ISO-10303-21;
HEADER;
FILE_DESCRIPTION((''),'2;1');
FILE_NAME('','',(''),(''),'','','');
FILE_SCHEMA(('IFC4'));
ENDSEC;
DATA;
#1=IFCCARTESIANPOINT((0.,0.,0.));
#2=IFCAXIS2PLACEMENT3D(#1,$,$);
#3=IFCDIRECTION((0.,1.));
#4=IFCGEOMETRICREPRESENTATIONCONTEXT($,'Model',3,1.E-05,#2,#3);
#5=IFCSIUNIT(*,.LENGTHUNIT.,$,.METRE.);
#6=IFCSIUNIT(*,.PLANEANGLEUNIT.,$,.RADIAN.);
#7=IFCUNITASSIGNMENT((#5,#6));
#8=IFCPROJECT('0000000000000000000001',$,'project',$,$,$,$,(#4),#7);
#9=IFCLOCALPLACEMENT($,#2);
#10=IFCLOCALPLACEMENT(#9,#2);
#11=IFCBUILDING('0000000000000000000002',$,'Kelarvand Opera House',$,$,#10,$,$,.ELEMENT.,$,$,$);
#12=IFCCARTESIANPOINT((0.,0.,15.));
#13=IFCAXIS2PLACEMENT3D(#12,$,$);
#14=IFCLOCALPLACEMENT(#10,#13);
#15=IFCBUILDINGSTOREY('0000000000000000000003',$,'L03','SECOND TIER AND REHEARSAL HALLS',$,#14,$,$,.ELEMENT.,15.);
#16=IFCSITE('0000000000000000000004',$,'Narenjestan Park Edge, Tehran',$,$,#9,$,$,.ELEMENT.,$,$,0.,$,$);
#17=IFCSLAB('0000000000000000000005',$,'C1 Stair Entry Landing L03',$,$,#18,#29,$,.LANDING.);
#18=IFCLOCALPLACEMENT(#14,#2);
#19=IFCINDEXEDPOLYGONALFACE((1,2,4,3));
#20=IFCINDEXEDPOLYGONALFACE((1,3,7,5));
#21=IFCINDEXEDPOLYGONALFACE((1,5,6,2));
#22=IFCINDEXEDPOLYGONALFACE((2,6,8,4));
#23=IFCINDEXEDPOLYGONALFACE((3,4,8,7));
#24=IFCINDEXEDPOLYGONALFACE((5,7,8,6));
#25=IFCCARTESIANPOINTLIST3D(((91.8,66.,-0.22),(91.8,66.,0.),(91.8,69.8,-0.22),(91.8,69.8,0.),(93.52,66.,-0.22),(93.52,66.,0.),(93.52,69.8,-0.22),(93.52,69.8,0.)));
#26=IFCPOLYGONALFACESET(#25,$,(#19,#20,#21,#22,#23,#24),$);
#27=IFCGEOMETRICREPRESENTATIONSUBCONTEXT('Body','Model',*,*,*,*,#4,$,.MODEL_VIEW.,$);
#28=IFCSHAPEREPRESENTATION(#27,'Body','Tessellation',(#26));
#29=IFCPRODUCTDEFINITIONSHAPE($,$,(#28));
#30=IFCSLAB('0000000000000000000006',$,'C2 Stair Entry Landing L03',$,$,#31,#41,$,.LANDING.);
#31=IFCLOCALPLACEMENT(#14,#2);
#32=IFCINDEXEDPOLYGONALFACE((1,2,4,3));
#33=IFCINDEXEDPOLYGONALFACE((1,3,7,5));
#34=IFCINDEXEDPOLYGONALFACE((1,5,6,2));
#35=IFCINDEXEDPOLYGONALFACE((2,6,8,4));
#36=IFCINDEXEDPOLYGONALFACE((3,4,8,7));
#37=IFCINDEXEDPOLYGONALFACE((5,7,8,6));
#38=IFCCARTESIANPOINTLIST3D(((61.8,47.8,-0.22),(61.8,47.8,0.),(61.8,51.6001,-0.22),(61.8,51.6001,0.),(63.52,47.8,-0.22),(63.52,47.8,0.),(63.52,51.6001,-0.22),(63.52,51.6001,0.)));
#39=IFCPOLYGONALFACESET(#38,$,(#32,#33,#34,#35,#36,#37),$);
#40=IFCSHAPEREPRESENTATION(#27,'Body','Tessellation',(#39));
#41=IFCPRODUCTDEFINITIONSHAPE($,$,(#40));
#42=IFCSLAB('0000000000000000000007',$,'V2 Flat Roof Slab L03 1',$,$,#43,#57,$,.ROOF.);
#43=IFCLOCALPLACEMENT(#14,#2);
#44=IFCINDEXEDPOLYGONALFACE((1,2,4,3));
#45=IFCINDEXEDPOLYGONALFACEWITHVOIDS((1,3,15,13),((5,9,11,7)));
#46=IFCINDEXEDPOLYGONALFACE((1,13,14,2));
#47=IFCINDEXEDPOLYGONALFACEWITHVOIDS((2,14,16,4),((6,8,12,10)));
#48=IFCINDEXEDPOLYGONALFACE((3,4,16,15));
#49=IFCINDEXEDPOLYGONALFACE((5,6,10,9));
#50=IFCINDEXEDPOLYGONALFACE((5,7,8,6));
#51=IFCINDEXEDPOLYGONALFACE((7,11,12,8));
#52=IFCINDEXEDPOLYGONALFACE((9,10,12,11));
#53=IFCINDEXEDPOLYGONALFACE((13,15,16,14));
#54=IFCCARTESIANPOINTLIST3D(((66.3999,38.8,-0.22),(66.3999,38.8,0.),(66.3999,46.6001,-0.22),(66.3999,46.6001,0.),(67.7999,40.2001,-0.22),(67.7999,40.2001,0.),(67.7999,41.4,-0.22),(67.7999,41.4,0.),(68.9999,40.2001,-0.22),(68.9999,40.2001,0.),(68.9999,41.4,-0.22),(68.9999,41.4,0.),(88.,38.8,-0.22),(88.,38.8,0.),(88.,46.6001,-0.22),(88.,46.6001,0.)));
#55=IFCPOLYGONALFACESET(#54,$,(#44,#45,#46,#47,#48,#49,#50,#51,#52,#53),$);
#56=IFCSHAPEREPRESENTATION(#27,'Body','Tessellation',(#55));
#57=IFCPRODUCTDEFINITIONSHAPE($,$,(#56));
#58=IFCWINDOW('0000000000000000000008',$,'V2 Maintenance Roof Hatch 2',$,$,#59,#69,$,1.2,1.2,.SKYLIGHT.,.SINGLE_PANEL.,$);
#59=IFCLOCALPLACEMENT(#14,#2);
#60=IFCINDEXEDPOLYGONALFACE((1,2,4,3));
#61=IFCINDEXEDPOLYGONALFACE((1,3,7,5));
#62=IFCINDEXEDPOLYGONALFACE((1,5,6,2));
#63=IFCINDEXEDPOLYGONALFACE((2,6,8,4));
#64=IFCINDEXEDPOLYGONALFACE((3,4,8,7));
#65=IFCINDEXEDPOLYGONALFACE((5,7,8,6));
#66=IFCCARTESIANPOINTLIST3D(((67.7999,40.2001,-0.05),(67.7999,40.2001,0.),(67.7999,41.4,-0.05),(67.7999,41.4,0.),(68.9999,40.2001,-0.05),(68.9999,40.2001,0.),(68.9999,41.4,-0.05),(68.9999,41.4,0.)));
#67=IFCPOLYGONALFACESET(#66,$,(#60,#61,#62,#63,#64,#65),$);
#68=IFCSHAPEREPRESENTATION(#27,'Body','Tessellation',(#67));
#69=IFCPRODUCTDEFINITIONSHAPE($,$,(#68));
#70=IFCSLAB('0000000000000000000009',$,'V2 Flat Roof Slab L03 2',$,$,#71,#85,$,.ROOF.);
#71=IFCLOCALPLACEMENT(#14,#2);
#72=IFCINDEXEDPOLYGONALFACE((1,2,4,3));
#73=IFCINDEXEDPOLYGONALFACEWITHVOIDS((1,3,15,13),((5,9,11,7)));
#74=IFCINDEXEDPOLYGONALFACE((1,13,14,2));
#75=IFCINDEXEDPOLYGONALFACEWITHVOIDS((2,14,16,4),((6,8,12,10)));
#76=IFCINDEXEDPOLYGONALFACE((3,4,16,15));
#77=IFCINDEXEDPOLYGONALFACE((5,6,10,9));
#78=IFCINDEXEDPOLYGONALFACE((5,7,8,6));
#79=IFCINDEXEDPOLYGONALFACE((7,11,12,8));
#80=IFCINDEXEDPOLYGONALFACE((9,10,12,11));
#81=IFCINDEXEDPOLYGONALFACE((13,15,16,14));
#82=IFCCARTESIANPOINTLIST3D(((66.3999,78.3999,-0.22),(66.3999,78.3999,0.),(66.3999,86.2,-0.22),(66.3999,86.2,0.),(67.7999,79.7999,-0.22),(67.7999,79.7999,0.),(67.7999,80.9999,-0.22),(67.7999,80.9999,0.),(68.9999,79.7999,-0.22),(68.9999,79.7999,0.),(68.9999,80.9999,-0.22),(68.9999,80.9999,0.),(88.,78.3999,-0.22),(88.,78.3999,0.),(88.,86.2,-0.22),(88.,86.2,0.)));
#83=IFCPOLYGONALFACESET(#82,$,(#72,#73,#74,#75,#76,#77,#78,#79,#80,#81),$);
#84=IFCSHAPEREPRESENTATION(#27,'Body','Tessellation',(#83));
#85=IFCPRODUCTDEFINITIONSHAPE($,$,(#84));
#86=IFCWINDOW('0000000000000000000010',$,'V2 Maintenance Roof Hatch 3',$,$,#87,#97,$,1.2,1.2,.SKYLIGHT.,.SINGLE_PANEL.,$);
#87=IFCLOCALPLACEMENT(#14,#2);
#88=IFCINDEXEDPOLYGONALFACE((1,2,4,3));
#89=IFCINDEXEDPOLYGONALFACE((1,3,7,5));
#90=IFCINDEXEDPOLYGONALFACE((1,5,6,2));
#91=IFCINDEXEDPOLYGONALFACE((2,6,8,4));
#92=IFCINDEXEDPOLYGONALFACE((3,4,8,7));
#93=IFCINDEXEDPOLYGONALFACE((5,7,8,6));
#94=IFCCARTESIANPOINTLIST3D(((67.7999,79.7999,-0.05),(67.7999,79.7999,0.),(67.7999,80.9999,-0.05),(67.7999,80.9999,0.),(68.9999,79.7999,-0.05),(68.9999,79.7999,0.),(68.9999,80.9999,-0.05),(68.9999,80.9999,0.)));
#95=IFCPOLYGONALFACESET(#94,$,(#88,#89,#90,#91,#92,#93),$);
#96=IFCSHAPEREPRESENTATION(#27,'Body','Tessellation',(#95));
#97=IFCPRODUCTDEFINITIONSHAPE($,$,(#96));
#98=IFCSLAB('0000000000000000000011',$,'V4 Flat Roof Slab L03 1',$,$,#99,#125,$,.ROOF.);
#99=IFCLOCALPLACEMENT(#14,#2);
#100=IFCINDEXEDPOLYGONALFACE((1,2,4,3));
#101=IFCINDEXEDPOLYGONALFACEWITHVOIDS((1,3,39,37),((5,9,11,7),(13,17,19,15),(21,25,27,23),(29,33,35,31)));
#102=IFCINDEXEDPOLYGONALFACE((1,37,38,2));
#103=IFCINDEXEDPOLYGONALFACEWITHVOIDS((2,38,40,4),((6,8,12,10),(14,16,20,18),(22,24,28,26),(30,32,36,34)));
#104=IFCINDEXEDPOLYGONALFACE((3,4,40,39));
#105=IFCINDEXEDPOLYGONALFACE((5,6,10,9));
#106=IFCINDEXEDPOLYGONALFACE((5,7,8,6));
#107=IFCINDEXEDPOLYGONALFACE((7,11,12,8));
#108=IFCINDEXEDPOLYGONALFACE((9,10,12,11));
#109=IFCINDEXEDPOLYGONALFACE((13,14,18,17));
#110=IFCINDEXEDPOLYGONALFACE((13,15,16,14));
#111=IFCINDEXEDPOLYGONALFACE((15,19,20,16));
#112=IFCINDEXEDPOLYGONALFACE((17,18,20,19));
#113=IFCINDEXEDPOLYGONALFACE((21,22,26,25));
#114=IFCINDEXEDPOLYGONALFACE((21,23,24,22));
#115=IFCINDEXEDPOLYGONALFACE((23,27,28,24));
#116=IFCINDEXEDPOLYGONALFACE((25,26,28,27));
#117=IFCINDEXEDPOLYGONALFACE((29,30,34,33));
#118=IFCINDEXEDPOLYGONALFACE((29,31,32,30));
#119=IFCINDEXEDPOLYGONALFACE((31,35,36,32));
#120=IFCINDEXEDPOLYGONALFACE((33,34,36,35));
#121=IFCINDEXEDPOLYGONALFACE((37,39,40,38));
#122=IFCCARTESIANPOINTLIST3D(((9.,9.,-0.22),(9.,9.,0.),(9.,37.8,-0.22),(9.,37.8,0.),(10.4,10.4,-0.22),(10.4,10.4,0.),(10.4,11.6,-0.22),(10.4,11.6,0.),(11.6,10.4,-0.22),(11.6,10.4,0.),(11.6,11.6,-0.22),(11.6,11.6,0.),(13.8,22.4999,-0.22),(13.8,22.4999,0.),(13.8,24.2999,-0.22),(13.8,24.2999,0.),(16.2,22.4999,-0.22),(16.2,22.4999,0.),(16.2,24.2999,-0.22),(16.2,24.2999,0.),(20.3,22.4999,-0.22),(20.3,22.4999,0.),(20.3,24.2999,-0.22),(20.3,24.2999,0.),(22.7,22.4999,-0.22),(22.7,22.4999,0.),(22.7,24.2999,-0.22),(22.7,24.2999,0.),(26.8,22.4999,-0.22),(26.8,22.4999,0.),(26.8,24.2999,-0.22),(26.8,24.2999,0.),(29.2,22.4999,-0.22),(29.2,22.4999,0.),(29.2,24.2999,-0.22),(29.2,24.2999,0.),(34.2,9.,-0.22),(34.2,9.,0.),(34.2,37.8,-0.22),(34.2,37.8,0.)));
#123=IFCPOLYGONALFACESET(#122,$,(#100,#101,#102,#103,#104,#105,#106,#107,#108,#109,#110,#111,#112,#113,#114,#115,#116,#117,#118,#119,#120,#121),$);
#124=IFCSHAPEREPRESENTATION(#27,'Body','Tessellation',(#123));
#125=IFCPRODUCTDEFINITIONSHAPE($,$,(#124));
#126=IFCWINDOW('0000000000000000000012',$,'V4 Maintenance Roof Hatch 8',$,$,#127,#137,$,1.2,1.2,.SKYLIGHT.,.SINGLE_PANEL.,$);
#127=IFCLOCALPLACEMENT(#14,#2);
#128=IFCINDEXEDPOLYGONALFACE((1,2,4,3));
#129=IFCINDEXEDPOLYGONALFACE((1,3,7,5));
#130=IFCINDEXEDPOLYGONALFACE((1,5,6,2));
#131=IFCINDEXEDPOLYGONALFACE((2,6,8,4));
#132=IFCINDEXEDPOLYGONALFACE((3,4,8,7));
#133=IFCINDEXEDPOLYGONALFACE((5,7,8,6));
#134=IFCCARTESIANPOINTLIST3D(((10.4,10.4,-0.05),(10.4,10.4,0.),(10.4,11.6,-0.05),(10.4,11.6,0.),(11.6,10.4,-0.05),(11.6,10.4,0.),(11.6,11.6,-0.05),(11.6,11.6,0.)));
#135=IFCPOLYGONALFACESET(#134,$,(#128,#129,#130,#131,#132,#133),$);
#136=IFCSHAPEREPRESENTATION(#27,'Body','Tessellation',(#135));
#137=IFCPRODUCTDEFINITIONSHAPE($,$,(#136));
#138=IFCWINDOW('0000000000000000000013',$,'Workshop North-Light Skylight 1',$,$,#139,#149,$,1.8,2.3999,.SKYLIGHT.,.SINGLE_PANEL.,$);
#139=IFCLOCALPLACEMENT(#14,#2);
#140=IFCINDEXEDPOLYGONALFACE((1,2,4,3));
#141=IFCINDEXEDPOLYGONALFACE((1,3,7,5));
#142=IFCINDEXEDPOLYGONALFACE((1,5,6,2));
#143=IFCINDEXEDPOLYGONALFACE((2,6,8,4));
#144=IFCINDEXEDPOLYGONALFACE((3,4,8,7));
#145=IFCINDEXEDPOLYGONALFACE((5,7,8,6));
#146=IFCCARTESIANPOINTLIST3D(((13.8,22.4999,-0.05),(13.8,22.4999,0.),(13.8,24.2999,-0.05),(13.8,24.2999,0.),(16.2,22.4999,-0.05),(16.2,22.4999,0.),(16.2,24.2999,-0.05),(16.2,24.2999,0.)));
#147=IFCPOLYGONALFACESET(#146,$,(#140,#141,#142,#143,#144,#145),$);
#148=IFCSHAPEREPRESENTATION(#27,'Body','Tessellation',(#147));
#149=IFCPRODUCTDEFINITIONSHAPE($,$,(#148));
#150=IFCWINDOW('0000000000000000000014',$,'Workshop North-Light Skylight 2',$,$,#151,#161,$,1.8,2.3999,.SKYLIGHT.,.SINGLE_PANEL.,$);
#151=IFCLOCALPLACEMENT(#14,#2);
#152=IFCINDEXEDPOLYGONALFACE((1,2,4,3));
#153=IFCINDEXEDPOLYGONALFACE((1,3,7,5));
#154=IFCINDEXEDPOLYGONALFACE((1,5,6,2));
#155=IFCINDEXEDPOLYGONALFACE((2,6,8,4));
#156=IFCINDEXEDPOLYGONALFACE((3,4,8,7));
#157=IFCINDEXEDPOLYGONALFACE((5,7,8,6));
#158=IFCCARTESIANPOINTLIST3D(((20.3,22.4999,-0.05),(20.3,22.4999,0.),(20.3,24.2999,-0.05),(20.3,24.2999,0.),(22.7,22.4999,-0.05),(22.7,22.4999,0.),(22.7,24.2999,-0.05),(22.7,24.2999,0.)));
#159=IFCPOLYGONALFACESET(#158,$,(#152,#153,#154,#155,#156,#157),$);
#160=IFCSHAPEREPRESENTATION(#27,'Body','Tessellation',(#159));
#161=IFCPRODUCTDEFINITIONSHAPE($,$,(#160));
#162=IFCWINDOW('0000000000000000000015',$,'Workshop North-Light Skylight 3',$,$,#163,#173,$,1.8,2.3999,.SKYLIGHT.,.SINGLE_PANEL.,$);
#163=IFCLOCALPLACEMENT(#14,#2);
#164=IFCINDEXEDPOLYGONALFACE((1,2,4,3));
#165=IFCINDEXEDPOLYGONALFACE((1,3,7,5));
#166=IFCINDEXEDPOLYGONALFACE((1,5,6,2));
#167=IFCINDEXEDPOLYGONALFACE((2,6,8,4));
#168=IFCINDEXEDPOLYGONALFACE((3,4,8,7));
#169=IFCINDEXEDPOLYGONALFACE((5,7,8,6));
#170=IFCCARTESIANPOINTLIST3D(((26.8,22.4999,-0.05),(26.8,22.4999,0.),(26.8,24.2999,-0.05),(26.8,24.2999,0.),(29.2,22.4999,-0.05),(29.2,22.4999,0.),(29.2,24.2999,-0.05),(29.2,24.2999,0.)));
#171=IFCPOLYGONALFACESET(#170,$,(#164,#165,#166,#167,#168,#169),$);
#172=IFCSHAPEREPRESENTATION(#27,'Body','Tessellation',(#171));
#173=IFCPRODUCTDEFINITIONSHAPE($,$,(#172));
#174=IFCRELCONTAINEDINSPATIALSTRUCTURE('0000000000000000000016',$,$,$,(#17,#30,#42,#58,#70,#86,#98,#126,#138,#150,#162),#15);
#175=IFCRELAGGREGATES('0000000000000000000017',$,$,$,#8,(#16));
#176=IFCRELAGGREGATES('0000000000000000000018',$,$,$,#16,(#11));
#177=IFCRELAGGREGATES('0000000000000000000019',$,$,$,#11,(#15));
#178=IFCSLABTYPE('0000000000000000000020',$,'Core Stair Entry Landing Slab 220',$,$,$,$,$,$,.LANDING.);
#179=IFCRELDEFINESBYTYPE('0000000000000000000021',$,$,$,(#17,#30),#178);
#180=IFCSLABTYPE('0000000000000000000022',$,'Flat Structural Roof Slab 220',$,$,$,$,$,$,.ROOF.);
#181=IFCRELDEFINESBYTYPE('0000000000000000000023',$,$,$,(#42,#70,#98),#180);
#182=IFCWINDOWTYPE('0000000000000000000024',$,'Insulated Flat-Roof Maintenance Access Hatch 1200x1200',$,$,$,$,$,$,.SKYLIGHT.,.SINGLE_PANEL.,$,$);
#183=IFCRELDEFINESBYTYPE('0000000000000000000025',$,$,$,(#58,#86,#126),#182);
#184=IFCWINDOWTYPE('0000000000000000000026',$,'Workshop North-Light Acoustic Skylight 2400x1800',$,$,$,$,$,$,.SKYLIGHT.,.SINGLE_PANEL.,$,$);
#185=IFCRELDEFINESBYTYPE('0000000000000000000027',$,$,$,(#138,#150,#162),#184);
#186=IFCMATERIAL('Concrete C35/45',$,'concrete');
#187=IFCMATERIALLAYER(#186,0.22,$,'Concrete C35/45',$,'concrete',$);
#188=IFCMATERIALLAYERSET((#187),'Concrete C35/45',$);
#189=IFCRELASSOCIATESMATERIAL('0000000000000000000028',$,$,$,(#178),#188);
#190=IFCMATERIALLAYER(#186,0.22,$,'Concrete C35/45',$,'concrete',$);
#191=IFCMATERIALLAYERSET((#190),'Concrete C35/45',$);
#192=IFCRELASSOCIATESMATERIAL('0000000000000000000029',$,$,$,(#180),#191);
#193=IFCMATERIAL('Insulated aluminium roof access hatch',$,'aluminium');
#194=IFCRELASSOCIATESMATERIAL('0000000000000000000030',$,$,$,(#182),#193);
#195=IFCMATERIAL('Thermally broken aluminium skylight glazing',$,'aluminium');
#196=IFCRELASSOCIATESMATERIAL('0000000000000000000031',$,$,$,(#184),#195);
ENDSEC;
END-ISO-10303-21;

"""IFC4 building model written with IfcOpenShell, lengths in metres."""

from ifc_helpers import new_model, si_unit, direction, frame, origin, origin_2d, place, context, subcontext, project, spatial, polyline, rectangle, outline, extrude, material, layer, layer_set, type_object, element, fill, save


model = new_model("IFC4")

# Units and contexts
model_context = context("Model", 3, precision=1e-05, world=origin(), true_north=direction((0.0, 1.0)))
body_context = subcontext(model_context, "Body", "Model", "MODEL_VIEW")
ifc_project = project(units=[si_unit("LENGTHUNIT", "METRE"), si_unit("PLANEANGLEUNIT", "RADIAN")], contexts=[model_context])

# Site, building, storey
site_placement = place(None, origin())
site = spatial("IfcSite", under=ifc_project, at=site_placement, Name="Narenjestan Park Edge, Tehran", CompositionType="ELEMENT", RefElevation=0.0)
building_placement = place(site_placement, origin())
building = spatial("IfcBuilding", under=site, at=building_placement, Name="Kelarvand Opera House", CompositionType="ELEMENT")
storey_placement = place(building_placement, frame((0.0, 0.0, 15.0)))
storey = spatial("IfcBuildingStorey", under=building, at=storey_placement, Name="L03", Description="SECOND TIER AND REHEARSAL HALLS", CompositionType="ELEMENT", Elevation=15.0)

# Slabs
ifc_material_1 = material(Name="Concrete C35/45", Category="concrete")
ifc_layer_1 = layer(ifc_material_1, 0.22, Name="Concrete C35/45", Category="concrete")
ifc_layer_set_1 = layer_set([ifc_layer_1], Name="Concrete C35/45")
slab_type_1 = type_object("IfcSlabType", Name="Core Stair Entry Landing Slab 220", PredefinedType="LANDING", material=ifc_layer_set_1)
slab_1_placement = place(storey_placement, frame((0.0, 0.0, -0.22)))
element("IfcSlab", 1, at=slab_1_placement, inside=storey, type_object=slab_type_1, Name="C1 Stair Entry Landing L03", PredefinedType="LANDING", context=body_context, shape_type="SweptSolid", body=[
    extrude(outline(polyline([(91.8, 66.0), (93.52, 66.0), (93.52, 69.8), (91.8, 69.8), (91.8, 66.0)])), origin(), (0.0, 0.0, 1.0), 0.22),
])
slab_2_placement = place(storey_placement, frame((0.0, 0.0, -0.22)))
element("IfcSlab", 2, at=slab_2_placement, inside=storey, type_object=slab_type_1, Name="C2 Stair Entry Landing L03", PredefinedType="LANDING", context=body_context, shape_type="SweptSolid", body=[
    extrude(outline(polyline([(61.8, 47.8), (63.52, 47.8), (63.52, 51.6001), (61.8, 51.6001), (61.8, 47.8)])), origin(), (0.0, 0.0, 1.0), 0.22),
])

# Slabs, openings, windows
ifc_layer_2 = layer(ifc_material_1, 0.22, Name="Concrete C35/45", Category="concrete")
ifc_layer_set_2 = layer_set([ifc_layer_2], Name="Concrete C35/45")
slab_type_2 = type_object("IfcSlabType", Name="Flat Structural Roof Slab 220", PredefinedType="ROOF", material=ifc_layer_set_2)
slab_3_placement = place(storey_placement, frame((0.0, 0.0, -0.22)))
slab_3 = element("IfcSlab", 3, at=slab_3_placement, inside=storey, type_object=slab_type_2, Name="V2 Flat Roof Slab L03 1", PredefinedType="ROOF", context=body_context, shape_type="SweptSolid", body=[
    extrude(outline(polyline([(66.3999, 38.8), (88.0, 38.8), (88.0, 46.6001), (66.3999, 46.6001), (66.3999, 38.8)])), origin(), (0.0, 0.0, 1.0), 0.22),
])
opening_1_placement = place(slab_3_placement, frame((68.3999, 40.8, 0.0)))
opening_1 = element("IfcOpeningElement", 4, at=opening_1_placement, cuts=slab_3, PredefinedType="OPENING", context=body_context, shape_type="SweptSolid", body=[
    extrude(rectangle(XDim=1.2, YDim=1.2, at=origin_2d()), frame((0.0, 0.0, -0.01)), (0.0, 0.0, 1.0), 0.24),
])
ifc_material_2 = material(Name="Insulated aluminium roof access hatch", Category="aluminium")
window_type_1 = type_object("IfcWindowType", Name="Insulated Flat-Roof Maintenance Access Hatch 1200x1200", PartitioningType="SINGLE_PANEL", PredefinedType="SKYLIGHT", material=ifc_material_2)
window_1_placement = place(opening_1_placement, frame((0.0, 0.0, 0.1699)))
window_1 = element("IfcWindow", 5, at=window_1_placement, inside=storey, type_object=window_type_1, Name="V2 Maintenance Roof Hatch 2", OverallHeight=1.2, OverallWidth=1.2, PartitioningType="SINGLE_PANEL", PredefinedType="SKYLIGHT", context=body_context, shape_type="SweptSolid", body=[
    extrude(rectangle(XDim=1.2, YDim=1.2, at=origin_2d()), origin(), (0.0, 0.0, 1.0), 0.05),
])
fill(opening_1, window_1)
slab_4_placement = place(storey_placement, frame((0.0, 0.0, -0.22)))
slab_4 = element("IfcSlab", 6, at=slab_4_placement, inside=storey, type_object=slab_type_2, Name="V2 Flat Roof Slab L03 2", PredefinedType="ROOF", context=body_context, shape_type="SweptSolid", body=[
    extrude(outline(polyline([(66.3999, 78.3999), (88.0, 78.3999), (88.0, 86.2), (66.3999, 86.2), (66.3999, 78.3999)])), origin(), (0.0, 0.0, 1.0), 0.22),
])
opening_2_placement = place(slab_4_placement, frame((68.3999, 80.3999, 0.0)))
opening_2 = element("IfcOpeningElement", 7, at=opening_2_placement, cuts=slab_4, PredefinedType="OPENING", context=body_context, shape_type="SweptSolid", body=[
    extrude(rectangle(XDim=1.2, YDim=1.2, at=origin_2d()), frame((0.0, 0.0, -0.01)), (0.0, 0.0, 1.0), 0.24),
])
window_2_placement = place(opening_2_placement, frame((0.0, 0.0, 0.1699)))
window_2 = element("IfcWindow", 8, at=window_2_placement, inside=storey, type_object=window_type_1, Name="V2 Maintenance Roof Hatch 3", OverallHeight=1.2, OverallWidth=1.2, PartitioningType="SINGLE_PANEL", PredefinedType="SKYLIGHT", context=body_context, shape_type="SweptSolid", body=[
    extrude(rectangle(XDim=1.2, YDim=1.2, at=origin_2d()), origin(), (0.0, 0.0, 1.0), 0.05),
])
fill(opening_2, window_2)

# Slab, openings, windows
slab_5_placement = place(storey_placement, frame((0.0, 0.0, -0.22)))
slab_5 = element("IfcSlab", 9, at=slab_5_placement, inside=storey, type_object=slab_type_2, Name="V4 Flat Roof Slab L03 1", PredefinedType="ROOF", context=body_context, shape_type="SweptSolid", body=[
    extrude(outline(polyline([(9.0, 9.0), (34.2, 9.0), (34.2, 37.8), (9.0, 37.8), (9.0, 9.0)])), origin(), (0.0, 0.0, 1.0), 0.22),
])
opening_3_placement = place(slab_5_placement, frame((11.0, 11.0, 0.0)))
opening_3 = element("IfcOpeningElement", 10, at=opening_3_placement, cuts=slab_5, PredefinedType="OPENING", context=body_context, shape_type="SweptSolid", body=[
    extrude(rectangle(XDim=1.2, YDim=1.2, at=origin_2d()), frame((0.0, 0.0, -0.01)), (0.0, 0.0, 1.0), 0.24),
])
opening_4_placement = place(slab_5_placement, frame((15.0, 23.3999, 0.0)))
opening_4 = element("IfcOpeningElement", 11, at=opening_4_placement, cuts=slab_5, PredefinedType="OPENING", context=body_context, shape_type="SweptSolid", body=[
    extrude(rectangle(XDim=2.3999, YDim=1.8, at=origin_2d()), frame((0.0, 0.0, -0.01)), (0.0, 0.0, 1.0), 0.24),
])
opening_5_placement = place(slab_5_placement, frame((21.5, 23.3999, 0.0)))
opening_5 = element("IfcOpeningElement", 12, at=opening_5_placement, cuts=slab_5, PredefinedType="OPENING", context=body_context, shape_type="SweptSolid", body=[
    extrude(rectangle(XDim=2.3999, YDim=1.8, at=origin_2d()), frame((0.0, 0.0, -0.01)), (0.0, 0.0, 1.0), 0.24),
])
opening_6_placement = place(slab_5_placement, frame((28.0, 23.3999, 0.0)))
opening_6 = element("IfcOpeningElement", 13, at=opening_6_placement, cuts=slab_5, PredefinedType="OPENING", context=body_context, shape_type="SweptSolid", body=[
    extrude(rectangle(XDim=2.3999, YDim=1.8, at=origin_2d()), frame((0.0, 0.0, -0.01)), (0.0, 0.0, 1.0), 0.24),
])
window_3_placement = place(opening_3_placement, frame((0.0, 0.0, 0.1699)))
window_3 = element("IfcWindow", 14, at=window_3_placement, inside=storey, type_object=window_type_1, Name="V4 Maintenance Roof Hatch 8", OverallHeight=1.2, OverallWidth=1.2, PartitioningType="SINGLE_PANEL", PredefinedType="SKYLIGHT", context=body_context, shape_type="SweptSolid", body=[
    extrude(rectangle(XDim=1.2, YDim=1.2, at=origin_2d()), origin(), (0.0, 0.0, 1.0), 0.05),
])
fill(opening_3, window_3)
ifc_material_3 = material(Name="Thermally broken aluminium skylight glazing", Category="aluminium")
window_type_2 = type_object("IfcWindowType", Name="Workshop North-Light Acoustic Skylight 2400x1800", PartitioningType="SINGLE_PANEL", PredefinedType="SKYLIGHT", material=ifc_material_3)
window_4_placement = place(opening_4_placement, frame((0.0, 0.0, 0.1699)))
window_4 = element("IfcWindow", 15, at=window_4_placement, inside=storey, type_object=window_type_2, Name="Workshop North-Light Skylight 1", OverallHeight=1.8, OverallWidth=2.3999, PartitioningType="SINGLE_PANEL", PredefinedType="SKYLIGHT", context=body_context, shape_type="SweptSolid", body=[
    extrude(rectangle(XDim=2.3999, YDim=1.8, at=origin_2d()), origin(), (0.0, 0.0, 1.0), 0.05),
])
fill(opening_4, window_4)
window_5_placement = place(opening_5_placement, frame((0.0, 0.0, 0.1699)))
window_5 = element("IfcWindow", 16, at=window_5_placement, inside=storey, type_object=window_type_2, Name="Workshop North-Light Skylight 2", OverallHeight=1.8, OverallWidth=2.3999, PartitioningType="SINGLE_PANEL", PredefinedType="SKYLIGHT", context=body_context, shape_type="SweptSolid", body=[
    extrude(rectangle(XDim=2.3999, YDim=1.8, at=origin_2d()), origin(), (0.0, 0.0, 1.0), 0.05),
])
fill(opening_5, window_5)
window_6_placement = place(opening_6_placement, frame((0.0, 0.0, 0.1699)))
window_6 = element("IfcWindow", 17, at=window_6_placement, inside=storey, type_object=window_type_2, Name="Workshop North-Light Skylight 3", OverallHeight=1.8, OverallWidth=2.3999, PartitioningType="SINGLE_PANEL", PredefinedType="SKYLIGHT", context=body_context, shape_type="SweptSolid", body=[
    extrude(rectangle(XDim=2.3999, YDim=1.8, at=origin_2d()), origin(), (0.0, 0.0, 1.0), 0.05),
])
fill(opening_6, window_6)

save(model, "model.ifc")
